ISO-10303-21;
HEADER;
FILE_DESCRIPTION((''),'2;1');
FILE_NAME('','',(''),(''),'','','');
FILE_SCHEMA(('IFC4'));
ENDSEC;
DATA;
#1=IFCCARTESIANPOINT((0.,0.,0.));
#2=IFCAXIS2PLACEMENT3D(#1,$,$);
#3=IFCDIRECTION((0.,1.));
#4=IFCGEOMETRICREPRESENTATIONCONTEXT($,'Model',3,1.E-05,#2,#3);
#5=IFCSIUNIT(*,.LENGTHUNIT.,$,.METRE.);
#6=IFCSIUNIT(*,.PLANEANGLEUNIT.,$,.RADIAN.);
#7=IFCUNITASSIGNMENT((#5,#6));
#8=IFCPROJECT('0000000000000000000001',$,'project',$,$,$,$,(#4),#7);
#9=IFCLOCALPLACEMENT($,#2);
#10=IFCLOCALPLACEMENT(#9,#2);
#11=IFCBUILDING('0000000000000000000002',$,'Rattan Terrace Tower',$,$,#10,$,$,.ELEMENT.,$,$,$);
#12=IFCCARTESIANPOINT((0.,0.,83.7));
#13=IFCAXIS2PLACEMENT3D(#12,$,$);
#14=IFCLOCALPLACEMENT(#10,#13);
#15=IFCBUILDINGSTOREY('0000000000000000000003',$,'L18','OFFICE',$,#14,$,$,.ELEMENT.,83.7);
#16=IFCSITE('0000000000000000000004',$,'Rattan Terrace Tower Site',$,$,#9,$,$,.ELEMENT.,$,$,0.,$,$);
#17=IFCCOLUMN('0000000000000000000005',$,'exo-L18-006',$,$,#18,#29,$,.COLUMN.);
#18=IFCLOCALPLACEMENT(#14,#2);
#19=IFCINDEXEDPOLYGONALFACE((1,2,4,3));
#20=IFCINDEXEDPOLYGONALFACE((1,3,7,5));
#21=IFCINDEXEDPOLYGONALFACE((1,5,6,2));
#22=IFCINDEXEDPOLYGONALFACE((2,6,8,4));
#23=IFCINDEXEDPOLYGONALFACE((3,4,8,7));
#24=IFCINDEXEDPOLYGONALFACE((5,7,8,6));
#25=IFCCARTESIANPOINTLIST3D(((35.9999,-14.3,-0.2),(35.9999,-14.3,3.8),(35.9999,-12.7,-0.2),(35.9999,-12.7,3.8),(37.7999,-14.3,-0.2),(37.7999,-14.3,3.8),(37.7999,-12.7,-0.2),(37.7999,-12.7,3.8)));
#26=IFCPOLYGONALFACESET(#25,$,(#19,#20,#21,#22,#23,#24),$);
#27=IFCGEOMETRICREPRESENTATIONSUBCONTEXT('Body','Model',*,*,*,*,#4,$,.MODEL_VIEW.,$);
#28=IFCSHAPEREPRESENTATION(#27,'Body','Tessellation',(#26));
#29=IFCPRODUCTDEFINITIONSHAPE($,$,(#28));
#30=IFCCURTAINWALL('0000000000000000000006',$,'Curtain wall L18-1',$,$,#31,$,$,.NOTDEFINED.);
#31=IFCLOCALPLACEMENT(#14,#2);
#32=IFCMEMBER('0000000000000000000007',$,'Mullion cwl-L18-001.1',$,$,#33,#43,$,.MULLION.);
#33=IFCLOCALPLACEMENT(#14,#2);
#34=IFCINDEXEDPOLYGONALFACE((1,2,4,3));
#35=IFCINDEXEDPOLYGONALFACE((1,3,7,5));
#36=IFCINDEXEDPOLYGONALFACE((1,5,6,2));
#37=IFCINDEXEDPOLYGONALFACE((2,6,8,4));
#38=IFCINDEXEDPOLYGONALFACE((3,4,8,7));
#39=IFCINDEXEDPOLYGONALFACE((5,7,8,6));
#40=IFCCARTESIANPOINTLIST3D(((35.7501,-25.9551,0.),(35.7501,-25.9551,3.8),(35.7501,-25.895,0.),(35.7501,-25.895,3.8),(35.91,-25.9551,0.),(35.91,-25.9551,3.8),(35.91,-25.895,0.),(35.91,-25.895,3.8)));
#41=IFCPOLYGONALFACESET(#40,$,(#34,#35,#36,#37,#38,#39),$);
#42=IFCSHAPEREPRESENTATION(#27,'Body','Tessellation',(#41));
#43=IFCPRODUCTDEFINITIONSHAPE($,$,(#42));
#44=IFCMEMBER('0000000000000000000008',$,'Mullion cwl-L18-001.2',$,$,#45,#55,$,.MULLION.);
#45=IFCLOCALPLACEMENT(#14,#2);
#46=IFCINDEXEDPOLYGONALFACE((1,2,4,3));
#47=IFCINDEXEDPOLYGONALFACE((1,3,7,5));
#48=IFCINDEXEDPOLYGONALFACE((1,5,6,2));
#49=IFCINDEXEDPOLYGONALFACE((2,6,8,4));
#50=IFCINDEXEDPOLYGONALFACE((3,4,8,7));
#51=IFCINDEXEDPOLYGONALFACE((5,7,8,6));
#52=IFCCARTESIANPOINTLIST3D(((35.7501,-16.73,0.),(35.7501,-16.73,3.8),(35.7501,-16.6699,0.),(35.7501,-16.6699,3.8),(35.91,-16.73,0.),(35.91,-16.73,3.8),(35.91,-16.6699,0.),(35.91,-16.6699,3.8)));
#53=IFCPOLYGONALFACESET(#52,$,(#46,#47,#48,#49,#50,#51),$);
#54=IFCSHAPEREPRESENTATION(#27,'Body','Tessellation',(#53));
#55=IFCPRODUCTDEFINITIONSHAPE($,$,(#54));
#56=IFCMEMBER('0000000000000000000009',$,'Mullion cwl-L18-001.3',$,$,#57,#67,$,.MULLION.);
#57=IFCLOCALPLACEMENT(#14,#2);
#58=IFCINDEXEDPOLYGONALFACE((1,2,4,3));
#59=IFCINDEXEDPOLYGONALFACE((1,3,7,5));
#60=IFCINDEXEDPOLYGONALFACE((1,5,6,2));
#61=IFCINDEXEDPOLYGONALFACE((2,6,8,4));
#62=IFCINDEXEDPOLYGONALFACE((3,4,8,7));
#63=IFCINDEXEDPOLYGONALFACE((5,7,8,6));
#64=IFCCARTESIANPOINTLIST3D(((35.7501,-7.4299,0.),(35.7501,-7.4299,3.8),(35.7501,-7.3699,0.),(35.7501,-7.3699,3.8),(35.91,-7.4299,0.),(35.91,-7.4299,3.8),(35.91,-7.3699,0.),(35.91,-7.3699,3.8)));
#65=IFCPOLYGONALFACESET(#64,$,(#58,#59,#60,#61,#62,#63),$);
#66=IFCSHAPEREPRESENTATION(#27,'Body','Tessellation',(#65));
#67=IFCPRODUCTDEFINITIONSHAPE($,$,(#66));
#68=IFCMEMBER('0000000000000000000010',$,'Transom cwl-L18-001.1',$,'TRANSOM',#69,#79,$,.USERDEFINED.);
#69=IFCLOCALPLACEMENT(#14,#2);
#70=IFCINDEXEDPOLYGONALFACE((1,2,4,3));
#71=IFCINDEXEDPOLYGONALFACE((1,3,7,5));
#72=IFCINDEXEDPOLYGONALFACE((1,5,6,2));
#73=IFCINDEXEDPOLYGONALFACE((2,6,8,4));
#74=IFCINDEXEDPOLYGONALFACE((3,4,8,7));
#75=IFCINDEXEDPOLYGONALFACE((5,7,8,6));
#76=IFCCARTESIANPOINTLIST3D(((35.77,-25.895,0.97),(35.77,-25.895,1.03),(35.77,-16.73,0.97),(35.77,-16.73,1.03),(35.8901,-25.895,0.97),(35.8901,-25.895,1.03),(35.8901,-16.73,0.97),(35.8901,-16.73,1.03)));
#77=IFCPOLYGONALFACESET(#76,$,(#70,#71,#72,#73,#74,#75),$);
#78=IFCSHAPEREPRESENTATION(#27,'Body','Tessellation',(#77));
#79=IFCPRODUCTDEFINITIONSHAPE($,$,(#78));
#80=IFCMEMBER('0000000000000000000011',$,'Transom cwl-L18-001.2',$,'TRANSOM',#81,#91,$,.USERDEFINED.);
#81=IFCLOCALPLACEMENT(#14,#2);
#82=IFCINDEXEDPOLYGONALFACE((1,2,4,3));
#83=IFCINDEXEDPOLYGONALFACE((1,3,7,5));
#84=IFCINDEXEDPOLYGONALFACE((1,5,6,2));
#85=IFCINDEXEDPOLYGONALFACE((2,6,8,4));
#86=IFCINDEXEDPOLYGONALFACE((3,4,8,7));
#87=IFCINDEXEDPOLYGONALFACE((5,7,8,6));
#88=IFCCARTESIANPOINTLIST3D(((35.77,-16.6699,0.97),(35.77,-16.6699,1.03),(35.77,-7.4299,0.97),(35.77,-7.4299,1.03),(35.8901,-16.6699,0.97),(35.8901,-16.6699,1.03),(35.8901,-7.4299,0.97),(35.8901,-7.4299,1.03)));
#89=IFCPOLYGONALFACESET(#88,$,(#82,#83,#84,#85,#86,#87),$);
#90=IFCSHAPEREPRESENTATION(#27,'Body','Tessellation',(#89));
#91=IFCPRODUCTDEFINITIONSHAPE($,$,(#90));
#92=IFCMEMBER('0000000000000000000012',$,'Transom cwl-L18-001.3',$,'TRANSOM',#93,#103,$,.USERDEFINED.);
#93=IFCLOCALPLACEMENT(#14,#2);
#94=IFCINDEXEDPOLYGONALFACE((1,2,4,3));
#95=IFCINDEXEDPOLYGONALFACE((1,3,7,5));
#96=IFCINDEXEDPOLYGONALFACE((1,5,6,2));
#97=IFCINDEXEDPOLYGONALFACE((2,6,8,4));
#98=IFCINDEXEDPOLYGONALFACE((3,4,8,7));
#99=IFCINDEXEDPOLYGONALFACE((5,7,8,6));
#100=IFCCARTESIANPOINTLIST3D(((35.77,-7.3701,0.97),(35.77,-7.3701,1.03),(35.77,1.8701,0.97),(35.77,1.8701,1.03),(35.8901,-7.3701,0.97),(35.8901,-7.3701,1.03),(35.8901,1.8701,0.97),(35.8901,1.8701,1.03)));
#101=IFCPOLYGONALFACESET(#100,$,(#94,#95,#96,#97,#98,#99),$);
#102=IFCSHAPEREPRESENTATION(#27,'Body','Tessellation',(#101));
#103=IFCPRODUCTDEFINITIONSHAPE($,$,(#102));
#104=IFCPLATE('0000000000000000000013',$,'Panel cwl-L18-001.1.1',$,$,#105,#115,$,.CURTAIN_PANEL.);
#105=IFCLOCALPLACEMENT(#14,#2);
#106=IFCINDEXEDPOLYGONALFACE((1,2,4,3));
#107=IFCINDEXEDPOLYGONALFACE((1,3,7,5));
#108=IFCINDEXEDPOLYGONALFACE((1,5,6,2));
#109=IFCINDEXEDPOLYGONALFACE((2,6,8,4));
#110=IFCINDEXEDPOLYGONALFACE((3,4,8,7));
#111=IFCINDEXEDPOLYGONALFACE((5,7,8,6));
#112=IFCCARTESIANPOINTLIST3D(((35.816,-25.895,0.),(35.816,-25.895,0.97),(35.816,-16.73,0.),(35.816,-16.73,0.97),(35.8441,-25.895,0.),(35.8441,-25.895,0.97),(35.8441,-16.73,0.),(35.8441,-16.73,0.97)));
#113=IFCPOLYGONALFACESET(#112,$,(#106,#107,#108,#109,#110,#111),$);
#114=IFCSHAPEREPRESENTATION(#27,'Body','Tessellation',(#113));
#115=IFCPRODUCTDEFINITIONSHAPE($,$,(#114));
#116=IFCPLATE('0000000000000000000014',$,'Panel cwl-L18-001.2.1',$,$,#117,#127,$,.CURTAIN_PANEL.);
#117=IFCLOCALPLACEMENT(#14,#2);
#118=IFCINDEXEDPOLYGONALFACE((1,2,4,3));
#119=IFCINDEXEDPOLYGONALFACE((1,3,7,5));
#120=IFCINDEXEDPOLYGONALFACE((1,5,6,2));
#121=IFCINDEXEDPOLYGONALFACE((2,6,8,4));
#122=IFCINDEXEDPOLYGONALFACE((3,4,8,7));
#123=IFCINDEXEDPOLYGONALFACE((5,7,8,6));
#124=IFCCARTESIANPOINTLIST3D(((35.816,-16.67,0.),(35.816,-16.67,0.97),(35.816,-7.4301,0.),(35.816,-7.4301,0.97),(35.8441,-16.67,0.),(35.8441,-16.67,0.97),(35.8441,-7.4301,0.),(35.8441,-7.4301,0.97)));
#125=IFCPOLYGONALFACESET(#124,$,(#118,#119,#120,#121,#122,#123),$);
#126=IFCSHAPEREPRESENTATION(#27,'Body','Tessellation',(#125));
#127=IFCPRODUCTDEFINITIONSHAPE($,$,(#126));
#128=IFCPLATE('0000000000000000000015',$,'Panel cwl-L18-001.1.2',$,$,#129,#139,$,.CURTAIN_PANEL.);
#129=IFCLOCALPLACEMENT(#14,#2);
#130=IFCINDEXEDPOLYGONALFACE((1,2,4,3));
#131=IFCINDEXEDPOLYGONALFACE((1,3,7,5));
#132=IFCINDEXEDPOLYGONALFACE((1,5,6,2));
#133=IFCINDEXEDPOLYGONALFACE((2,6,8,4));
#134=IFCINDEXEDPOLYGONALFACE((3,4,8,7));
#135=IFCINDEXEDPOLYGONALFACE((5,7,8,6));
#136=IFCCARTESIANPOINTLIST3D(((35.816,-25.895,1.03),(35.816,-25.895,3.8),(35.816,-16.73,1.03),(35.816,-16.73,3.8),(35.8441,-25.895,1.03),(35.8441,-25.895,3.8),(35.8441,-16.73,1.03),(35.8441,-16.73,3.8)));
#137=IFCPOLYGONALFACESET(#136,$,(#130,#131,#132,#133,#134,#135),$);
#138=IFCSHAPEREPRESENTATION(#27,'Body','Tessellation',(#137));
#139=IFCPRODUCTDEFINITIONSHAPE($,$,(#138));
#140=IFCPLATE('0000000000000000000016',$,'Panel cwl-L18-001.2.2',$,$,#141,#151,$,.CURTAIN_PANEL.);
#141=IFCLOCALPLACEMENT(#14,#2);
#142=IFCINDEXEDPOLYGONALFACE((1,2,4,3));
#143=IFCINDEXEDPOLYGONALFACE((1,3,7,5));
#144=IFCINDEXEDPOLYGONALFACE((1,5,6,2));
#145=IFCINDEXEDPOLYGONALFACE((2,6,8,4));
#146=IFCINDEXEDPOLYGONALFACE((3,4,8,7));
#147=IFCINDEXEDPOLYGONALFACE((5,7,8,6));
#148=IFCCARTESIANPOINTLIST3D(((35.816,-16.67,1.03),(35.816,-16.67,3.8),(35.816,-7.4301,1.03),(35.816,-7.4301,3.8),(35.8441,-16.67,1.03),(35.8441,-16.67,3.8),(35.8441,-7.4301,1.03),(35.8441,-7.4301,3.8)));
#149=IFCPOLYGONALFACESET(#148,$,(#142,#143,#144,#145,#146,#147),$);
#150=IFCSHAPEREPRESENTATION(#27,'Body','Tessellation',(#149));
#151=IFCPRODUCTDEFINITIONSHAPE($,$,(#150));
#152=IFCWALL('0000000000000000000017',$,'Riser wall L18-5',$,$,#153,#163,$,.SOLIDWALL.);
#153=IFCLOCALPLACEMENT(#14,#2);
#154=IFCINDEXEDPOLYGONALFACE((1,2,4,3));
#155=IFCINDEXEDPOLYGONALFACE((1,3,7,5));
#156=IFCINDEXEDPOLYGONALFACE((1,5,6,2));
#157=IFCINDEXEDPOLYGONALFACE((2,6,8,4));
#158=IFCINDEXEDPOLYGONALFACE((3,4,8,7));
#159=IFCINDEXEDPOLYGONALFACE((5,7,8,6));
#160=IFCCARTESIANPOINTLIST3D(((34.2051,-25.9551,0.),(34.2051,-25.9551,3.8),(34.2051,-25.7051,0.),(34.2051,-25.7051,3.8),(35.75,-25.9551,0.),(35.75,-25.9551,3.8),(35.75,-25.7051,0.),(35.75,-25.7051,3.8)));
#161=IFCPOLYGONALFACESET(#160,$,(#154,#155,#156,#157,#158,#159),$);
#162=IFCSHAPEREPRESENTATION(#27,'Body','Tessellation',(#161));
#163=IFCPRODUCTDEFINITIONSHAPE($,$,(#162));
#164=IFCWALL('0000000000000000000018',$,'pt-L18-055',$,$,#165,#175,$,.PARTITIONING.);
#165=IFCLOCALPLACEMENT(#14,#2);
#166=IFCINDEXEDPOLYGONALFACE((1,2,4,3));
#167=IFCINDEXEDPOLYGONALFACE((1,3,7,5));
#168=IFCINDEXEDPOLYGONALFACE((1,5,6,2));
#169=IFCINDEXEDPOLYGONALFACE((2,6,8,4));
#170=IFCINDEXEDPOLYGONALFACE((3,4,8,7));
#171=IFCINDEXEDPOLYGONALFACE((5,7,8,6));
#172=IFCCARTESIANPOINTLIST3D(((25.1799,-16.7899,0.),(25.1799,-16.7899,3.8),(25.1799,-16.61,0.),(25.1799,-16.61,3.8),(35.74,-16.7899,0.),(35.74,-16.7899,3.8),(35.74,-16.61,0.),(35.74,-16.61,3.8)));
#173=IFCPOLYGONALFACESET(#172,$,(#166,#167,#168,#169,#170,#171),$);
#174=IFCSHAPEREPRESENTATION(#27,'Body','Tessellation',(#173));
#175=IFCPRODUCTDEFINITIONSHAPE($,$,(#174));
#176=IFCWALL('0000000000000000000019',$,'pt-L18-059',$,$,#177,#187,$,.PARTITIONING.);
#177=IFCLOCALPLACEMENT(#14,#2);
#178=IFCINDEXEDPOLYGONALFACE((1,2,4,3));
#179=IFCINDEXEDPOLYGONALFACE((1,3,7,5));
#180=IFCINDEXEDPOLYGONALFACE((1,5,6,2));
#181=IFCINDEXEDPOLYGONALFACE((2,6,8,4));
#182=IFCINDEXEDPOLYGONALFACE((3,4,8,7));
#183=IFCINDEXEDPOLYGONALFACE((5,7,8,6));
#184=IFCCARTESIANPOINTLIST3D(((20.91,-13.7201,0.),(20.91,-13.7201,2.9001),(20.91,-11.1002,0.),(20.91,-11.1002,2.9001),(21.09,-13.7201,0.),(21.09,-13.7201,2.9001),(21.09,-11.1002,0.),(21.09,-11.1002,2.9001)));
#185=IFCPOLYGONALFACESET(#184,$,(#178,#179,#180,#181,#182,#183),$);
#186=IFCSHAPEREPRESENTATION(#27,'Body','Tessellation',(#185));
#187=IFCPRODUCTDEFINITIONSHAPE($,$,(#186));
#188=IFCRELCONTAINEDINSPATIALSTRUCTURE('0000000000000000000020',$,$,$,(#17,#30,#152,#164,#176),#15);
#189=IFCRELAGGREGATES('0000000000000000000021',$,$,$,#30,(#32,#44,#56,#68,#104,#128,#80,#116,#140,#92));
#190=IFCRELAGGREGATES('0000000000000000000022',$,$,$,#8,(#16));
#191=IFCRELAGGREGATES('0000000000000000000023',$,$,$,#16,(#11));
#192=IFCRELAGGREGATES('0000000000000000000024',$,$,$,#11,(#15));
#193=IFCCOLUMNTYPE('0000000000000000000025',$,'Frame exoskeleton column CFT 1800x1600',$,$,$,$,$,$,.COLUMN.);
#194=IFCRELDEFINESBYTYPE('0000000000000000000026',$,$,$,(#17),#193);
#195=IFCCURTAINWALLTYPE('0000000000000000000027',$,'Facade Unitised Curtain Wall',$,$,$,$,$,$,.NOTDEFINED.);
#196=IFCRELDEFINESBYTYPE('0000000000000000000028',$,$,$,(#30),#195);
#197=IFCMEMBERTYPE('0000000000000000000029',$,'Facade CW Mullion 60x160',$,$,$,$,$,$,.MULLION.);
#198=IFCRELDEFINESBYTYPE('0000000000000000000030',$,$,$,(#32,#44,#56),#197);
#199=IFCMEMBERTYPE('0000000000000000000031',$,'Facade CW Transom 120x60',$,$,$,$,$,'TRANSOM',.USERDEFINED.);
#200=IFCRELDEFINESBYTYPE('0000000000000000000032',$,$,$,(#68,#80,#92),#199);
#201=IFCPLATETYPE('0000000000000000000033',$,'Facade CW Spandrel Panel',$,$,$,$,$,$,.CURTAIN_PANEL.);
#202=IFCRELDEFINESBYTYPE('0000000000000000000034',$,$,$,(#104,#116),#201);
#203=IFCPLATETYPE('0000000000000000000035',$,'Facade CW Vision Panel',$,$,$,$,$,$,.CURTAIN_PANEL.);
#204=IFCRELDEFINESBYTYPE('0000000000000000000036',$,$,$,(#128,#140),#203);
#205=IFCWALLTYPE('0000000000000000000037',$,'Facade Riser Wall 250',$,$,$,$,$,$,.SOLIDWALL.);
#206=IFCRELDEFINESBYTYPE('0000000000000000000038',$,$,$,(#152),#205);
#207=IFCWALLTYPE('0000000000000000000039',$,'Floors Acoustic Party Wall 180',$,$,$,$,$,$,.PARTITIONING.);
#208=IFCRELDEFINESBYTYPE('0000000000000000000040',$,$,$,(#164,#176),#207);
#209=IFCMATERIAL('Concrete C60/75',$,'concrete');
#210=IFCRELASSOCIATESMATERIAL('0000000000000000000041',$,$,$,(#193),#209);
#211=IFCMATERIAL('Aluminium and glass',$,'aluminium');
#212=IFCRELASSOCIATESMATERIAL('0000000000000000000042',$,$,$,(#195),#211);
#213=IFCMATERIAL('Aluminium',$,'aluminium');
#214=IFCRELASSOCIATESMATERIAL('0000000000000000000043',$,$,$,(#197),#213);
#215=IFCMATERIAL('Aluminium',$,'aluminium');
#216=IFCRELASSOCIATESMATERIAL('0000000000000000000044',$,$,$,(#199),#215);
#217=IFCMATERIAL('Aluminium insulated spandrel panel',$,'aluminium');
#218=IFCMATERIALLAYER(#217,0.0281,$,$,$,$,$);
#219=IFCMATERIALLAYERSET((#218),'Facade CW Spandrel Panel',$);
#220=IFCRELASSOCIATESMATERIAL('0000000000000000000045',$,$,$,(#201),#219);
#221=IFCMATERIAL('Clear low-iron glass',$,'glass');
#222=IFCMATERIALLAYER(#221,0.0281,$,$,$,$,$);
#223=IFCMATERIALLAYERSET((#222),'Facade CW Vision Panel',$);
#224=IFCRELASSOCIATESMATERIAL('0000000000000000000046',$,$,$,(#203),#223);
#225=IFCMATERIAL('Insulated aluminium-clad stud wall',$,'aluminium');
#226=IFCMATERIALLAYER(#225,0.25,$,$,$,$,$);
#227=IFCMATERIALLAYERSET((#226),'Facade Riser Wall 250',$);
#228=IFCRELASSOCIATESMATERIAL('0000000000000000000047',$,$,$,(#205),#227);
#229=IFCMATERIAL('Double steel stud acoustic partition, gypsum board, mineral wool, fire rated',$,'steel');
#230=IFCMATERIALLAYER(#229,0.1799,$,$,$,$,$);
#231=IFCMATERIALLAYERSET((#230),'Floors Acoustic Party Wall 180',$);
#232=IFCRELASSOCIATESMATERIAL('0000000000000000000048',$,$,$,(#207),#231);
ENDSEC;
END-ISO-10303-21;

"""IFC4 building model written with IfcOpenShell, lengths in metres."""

from ifc_helpers import new_model, si_unit, direction, frame, frame_2d, origin, origin_2d, place, context, subcontext, project, spatial, rectangle, extrude, material, layer, layer_set, material_profile, profile_set, type_object, element, aggregate, save


model = new_model("IFC4")

# Units and contexts
model_context = context("Model", 3, precision=1e-05, world=origin(), true_north=direction((0.0, 1.0)))
body_context = subcontext(model_context, "Body", "Model", "MODEL_VIEW")
ifc_project = project(units=[si_unit("LENGTHUNIT", "METRE"), si_unit("PLANEANGLEUNIT", "RADIAN")], contexts=[model_context])

# Site, building, storey
site_placement = place(None, origin())
site = spatial("IfcSite", under=ifc_project, at=site_placement, Name="Rattan Terrace Tower Site", CompositionType="ELEMENT", RefElevation=0.0)
building_placement = place(site_placement, origin())
building = spatial("IfcBuilding", under=site, at=building_placement, Name="Rattan Terrace Tower", CompositionType="ELEMENT")
storey_placement = place(building_placement, frame((0.0, 0.0, 83.7)))
storey = spatial("IfcBuildingStorey", under=building, at=storey_placement, Name="L18", Description="OFFICE", CompositionType="ELEMENT", Elevation=83.7)

# Column
ifc_material_1 = material(Name="Concrete C60/75", Category="concrete")
ifc_material_profile_1 = material_profile(ifc_material_1, rectangle(XDim=1.6001, YDim=1.8, at=origin_2d()), Name="CFT 1800x1600")
ifc_profile_set_1 = profile_set([ifc_material_profile_1], Name="Concrete C60/75")
column_type = type_object("IfcColumnType", Name="Frame exoskeleton column CFT 1800x1600", PredefinedType="COLUMN", material=ifc_profile_set_1)
column_placement = place(storey_placement, frame((36.8999, -13.5, -0.2), z_axis=(0.0, 0.0, 1.0), x_axis=(0.0, 1.0, 0.0)))
element("IfcColumn", 1, at=column_placement, inside=storey, type_object=column_type, Name="exo-L18-006", PredefinedType="COLUMN", context=body_context, shape_type="SweptSolid", body=[
    extrude(rectangle(XDim=1.6001, YDim=1.8, at=origin_2d()), origin(), (0.0, 0.0, 1.0), 4.0),
])

# Curtain wall, members, plates
ifc_material_2 = material(Name="Aluminium and glass", Category="aluminium")
curtain_wall_type = type_object("IfcCurtainWallType", Name="Facade Unitised Curtain Wall", PredefinedType="NOTDEFINED", material=ifc_material_2)
curtain_wall_placement = place(storey_placement, origin())
curtain_wall = element("IfcCurtainWall", 2, at=curtain_wall_placement, inside=storey, type_object=curtain_wall_type, Name="Curtain wall L18-1", PredefinedType="NOTDEFINED")
ifc_material_3 = material(Name="Aluminium", Category="aluminium")
ifc_material_profile_2 = material_profile(ifc_material_3, rectangle(XDim=0.0601, YDim=0.1599, at=origin_2d()), Name="Aluminium 60x160")
ifc_profile_set_2 = profile_set([ifc_material_profile_2], Name="Aluminium")
member_type_1 = type_object("IfcMemberType", Name="Facade CW Mullion 60x160", PredefinedType="MULLION", material=ifc_profile_set_2)
member_1_placement = place(storey_placement, frame((35.8301, -25.925, 0.0), z_axis=(0.0, 0.0, 1.0), x_axis=(0.0, 1.0, 0.0)))
member_1 = element("IfcMember", 3, at=member_1_placement, type_object=member_type_1, Name="Mullion cwl-L18-001.1", PredefinedType="MULLION", context=body_context, shape_type="SweptSolid", body=[
    extrude(rectangle(XDim=0.0601, YDim=0.1599, at=origin_2d()), origin(), (0.0, 0.0, 1.0), 3.8),
])
member_2_placement = place(storey_placement, frame((35.8301, -16.7, 0.0), z_axis=(0.0, 0.0, 1.0), x_axis=(0.0, 1.0, 0.0)))
member_2 = element("IfcMember", 4, at=member_2_placement, type_object=member_type_1, Name="Mullion cwl-L18-001.2", PredefinedType="MULLION", context=body_context, shape_type="SweptSolid", body=[
    extrude(rectangle(XDim=0.0601, YDim=0.1599, at=origin_2d()), origin(), (0.0, 0.0, 1.0), 3.8),
])
member_3_placement = place(storey_placement, frame((35.8301, -7.3999, 0.0), z_axis=(0.0, 0.0, 1.0), x_axis=(0.0, 1.0, 0.0)))
member_3 = element("IfcMember", 5, at=member_3_placement, type_object=member_type_1, Name="Mullion cwl-L18-001.3", PredefinedType="MULLION", context=body_context, shape_type="SweptSolid", body=[
    extrude(rectangle(XDim=0.0601, YDim=0.1599, at=origin_2d()), origin(), (0.0, 0.0, 1.0), 3.8),
])
ifc_material_4 = material(Name="Aluminium", Category="aluminium")
ifc_material_profile_3 = material_profile(ifc_material_4, rectangle(XDim=0.1201, YDim=0.0601, at=origin_2d()), Name="Aluminium 120x60")
ifc_profile_set_3 = profile_set([ifc_material_profile_3], Name="Aluminium")
member_type_2 = type_object("IfcMemberType", Name="Facade CW Transom 120x60", ElementType="TRANSOM", PredefinedType="USERDEFINED", material=ifc_profile_set_3)
member_4_placement = place(storey_placement, frame((35.8301, -25.895, 1.0), z_axis=(0.0, 1.0, 0.0), x_axis=(-1.0, 0.0, 0.0)))
member_4 = element("IfcMember", 6, at=member_4_placement, type_object=member_type_2, Name="Transom cwl-L18-001.1", ObjectType="TRANSOM", PredefinedType="USERDEFINED", context=body_context, shape_type="SweptSolid", body=[
    extrude(rectangle(XDim=0.1201, YDim=0.0601, at=origin_2d()), origin(), (0.0, 0.0, 1.0), 9.165),
])
member_5_placement = place(storey_placement, frame((35.8301, -16.6699, 1.0), z_axis=(0.0, 1.0, 0.0), x_axis=(-1.0, 0.0, 0.0)))
member_5 = element("IfcMember", 7, at=member_5_placement, type_object=member_type_2, Name="Transom cwl-L18-001.2", ObjectType="TRANSOM", PredefinedType="USERDEFINED", context=body_context, shape_type="SweptSolid", body=[
    extrude(rectangle(XDim=0.1201, YDim=0.0601, at=origin_2d()), origin(), (0.0, 0.0, 1.0), 9.24),
])
member_6_placement = place(storey_placement, frame((35.8301, -7.3701, 1.0), z_axis=(0.0, 1.0, 0.0), x_axis=(-1.0, 0.0, 0.0)))
member_6 = element("IfcMember", 8, at=member_6_placement, type_object=member_type_2, Name="Transom cwl-L18-001.3", ObjectType="TRANSOM", PredefinedType="USERDEFINED", context=body_context, shape_type="SweptSolid", body=[
    extrude(rectangle(XDim=0.1201, YDim=0.0601, at=origin_2d()), origin(), (0.0, 0.0, 1.0), 9.2402),
])
ifc_material_5 = material(Name="Aluminium insulated spandrel panel", Category="aluminium")
ifc_layer_1 = layer(ifc_material_5, 0.0281)
ifc_layer_set_1 = layer_set([ifc_layer_1], Name="Facade CW Spandrel Panel")
plate_type_1 = type_object("IfcPlateType", Name="Facade CW Spandrel Panel", PredefinedType="CURTAIN_PANEL", material=ifc_layer_set_1)
plate_1_placement = place(storey_placement, frame((35.8301, -21.3125, 0.0), z_axis=(0.0, 0.0, 1.0), x_axis=(0.0, 1.0, 0.0)))
plate_1 = element("IfcPlate", 9, at=plate_1_placement, type_object=plate_type_1, Name="Panel cwl-L18-001.1.1", PredefinedType="CURTAIN_PANEL", context=body_context, shape_type="SweptSolid", body=[
    extrude(rectangle(XDim=9.165, YDim=0.0281, at=origin_2d()), origin(), (0.0, 0.0, 1.0), 0.97),
])
plate_2_placement = place(storey_placement, frame((35.8301, -12.05, 0.0), z_axis=(0.0, 0.0, 1.0), x_axis=(0.0, 1.0, 0.0)))
plate_2 = element("IfcPlate", 10, at=plate_2_placement, type_object=plate_type_1, Name="Panel cwl-L18-001.2.1", PredefinedType="CURTAIN_PANEL", context=body_context, shape_type="SweptSolid", body=[
    extrude(rectangle(XDim=9.24, YDim=0.0281, at=origin_2d()), origin(), (0.0, 0.0, 1.0), 0.97),
])
ifc_material_6 = material(Name="Clear low-iron glass", Category="glass")
ifc_layer_2 = layer(ifc_material_6, 0.0281)
ifc_layer_set_2 = layer_set([ifc_layer_2], Name="Facade CW Vision Panel")
plate_type_2 = type_object("IfcPlateType", Name="Facade CW Vision Panel", PredefinedType="CURTAIN_PANEL", material=ifc_layer_set_2)
plate_3_placement = place(storey_placement, frame((35.8301, -21.3125, 1.03), z_axis=(0.0, 0.0, 1.0), x_axis=(0.0, 1.0, 0.0)))
plate_3 = element("IfcPlate", 11, at=plate_3_placement, type_object=plate_type_2, Name="Panel cwl-L18-001.1.2", PredefinedType="CURTAIN_PANEL", context=body_context, shape_type="SweptSolid", body=[
    extrude(rectangle(XDim=9.165, YDim=0.0281, at=origin_2d()), origin(), (0.0, 0.0, 1.0), 2.77),
])
plate_4_placement = place(storey_placement, frame((35.8301, -12.05, 1.03), z_axis=(0.0, 0.0, 1.0), x_axis=(0.0, 1.0, 0.0)))
plate_4 = element("IfcPlate", 12, at=plate_4_placement, type_object=plate_type_2, Name="Panel cwl-L18-001.2.2", PredefinedType="CURTAIN_PANEL", context=body_context, shape_type="SweptSolid", body=[
    extrude(rectangle(XDim=9.24, YDim=0.0281, at=origin_2d()), origin(), (0.0, 0.0, 1.0), 2.77),
])
aggregate(curtain_wall, [member_1, member_2, member_3, member_4, plate_1, plate_3, member_5, plate_2, plate_4, member_6])

# Walls
ifc_material_7 = material(Name="Insulated aluminium-clad stud wall", Category="aluminium")
ifc_layer_3 = layer(ifc_material_7, 0.25)
ifc_layer_set_3 = layer_set([ifc_layer_3], Name="Facade Riser Wall 250")
wall_type_1 = type_object("IfcWallType", Name="Facade Riser Wall 250", PredefinedType="SOLIDWALL", material=ifc_layer_set_3)
wall_1_placement = place(storey_placement, frame((34.2051, -25.8301, 0.0), z_axis=(0.0, 0.0, 1.0), x_axis=(1.0, 0.0, 0.0)))
element("IfcWall", 13, at=wall_1_placement, inside=storey, type_object=wall_type_1, Name="Riser wall L18-5", PredefinedType="SOLIDWALL", context=body_context, shape_type="SweptSolid", body=[
    extrude(rectangle(XDim=1.5449, YDim=0.25, at=frame_2d((0.7725, 0.0))), origin(), (0.0, 0.0, 1.0), 3.8),
])
ifc_material_8 = material(Name="Double steel stud acoustic partition, gypsum board, mineral wool, fire rated", Category="steel")
ifc_layer_4 = layer(ifc_material_8, 0.1799)
ifc_layer_set_4 = layer_set([ifc_layer_4], Name="Floors Acoustic Party Wall 180")
wall_type_2 = type_object("IfcWallType", Name="Floors Acoustic Party Wall 180", PredefinedType="PARTITIONING", material=ifc_layer_set_4)
wall_2_placement = place(storey_placement, frame((25.1799, -16.7, 0.0), z_axis=(0.0, 0.0, 1.0), x_axis=(1.0, 0.0, 0.0)))
element("IfcWall", 14, at=wall_2_placement, inside=storey, type_object=wall_type_2, Name="pt-L18-055", PredefinedType="PARTITIONING", context=body_context, shape_type="SweptSolid", body=[
    extrude(rectangle(XDim=10.5601, YDim=0.1799, at=frame_2d((5.28, 0.0))), origin(), (0.0, 0.0, 1.0), 3.8),
])
wall_3_placement = place(storey_placement, frame((21.0, -11.1001, 0.0), z_axis=(0.0, 0.0, 1.0), x_axis=(0.0, -1.0, 0.0)))
element("IfcWall", 15, at=wall_3_placement, inside=storey, type_object=wall_type_2, Name="pt-L18-059", PredefinedType="PARTITIONING", context=body_context, shape_type="SweptSolid", body=[
    extrude(rectangle(XDim=2.6199, YDim=0.1799, at=frame_2d((1.3101, 0.0))), origin(), (0.0, 0.0, 1.0), 2.9001),
])

save(model, "model.ifc")
